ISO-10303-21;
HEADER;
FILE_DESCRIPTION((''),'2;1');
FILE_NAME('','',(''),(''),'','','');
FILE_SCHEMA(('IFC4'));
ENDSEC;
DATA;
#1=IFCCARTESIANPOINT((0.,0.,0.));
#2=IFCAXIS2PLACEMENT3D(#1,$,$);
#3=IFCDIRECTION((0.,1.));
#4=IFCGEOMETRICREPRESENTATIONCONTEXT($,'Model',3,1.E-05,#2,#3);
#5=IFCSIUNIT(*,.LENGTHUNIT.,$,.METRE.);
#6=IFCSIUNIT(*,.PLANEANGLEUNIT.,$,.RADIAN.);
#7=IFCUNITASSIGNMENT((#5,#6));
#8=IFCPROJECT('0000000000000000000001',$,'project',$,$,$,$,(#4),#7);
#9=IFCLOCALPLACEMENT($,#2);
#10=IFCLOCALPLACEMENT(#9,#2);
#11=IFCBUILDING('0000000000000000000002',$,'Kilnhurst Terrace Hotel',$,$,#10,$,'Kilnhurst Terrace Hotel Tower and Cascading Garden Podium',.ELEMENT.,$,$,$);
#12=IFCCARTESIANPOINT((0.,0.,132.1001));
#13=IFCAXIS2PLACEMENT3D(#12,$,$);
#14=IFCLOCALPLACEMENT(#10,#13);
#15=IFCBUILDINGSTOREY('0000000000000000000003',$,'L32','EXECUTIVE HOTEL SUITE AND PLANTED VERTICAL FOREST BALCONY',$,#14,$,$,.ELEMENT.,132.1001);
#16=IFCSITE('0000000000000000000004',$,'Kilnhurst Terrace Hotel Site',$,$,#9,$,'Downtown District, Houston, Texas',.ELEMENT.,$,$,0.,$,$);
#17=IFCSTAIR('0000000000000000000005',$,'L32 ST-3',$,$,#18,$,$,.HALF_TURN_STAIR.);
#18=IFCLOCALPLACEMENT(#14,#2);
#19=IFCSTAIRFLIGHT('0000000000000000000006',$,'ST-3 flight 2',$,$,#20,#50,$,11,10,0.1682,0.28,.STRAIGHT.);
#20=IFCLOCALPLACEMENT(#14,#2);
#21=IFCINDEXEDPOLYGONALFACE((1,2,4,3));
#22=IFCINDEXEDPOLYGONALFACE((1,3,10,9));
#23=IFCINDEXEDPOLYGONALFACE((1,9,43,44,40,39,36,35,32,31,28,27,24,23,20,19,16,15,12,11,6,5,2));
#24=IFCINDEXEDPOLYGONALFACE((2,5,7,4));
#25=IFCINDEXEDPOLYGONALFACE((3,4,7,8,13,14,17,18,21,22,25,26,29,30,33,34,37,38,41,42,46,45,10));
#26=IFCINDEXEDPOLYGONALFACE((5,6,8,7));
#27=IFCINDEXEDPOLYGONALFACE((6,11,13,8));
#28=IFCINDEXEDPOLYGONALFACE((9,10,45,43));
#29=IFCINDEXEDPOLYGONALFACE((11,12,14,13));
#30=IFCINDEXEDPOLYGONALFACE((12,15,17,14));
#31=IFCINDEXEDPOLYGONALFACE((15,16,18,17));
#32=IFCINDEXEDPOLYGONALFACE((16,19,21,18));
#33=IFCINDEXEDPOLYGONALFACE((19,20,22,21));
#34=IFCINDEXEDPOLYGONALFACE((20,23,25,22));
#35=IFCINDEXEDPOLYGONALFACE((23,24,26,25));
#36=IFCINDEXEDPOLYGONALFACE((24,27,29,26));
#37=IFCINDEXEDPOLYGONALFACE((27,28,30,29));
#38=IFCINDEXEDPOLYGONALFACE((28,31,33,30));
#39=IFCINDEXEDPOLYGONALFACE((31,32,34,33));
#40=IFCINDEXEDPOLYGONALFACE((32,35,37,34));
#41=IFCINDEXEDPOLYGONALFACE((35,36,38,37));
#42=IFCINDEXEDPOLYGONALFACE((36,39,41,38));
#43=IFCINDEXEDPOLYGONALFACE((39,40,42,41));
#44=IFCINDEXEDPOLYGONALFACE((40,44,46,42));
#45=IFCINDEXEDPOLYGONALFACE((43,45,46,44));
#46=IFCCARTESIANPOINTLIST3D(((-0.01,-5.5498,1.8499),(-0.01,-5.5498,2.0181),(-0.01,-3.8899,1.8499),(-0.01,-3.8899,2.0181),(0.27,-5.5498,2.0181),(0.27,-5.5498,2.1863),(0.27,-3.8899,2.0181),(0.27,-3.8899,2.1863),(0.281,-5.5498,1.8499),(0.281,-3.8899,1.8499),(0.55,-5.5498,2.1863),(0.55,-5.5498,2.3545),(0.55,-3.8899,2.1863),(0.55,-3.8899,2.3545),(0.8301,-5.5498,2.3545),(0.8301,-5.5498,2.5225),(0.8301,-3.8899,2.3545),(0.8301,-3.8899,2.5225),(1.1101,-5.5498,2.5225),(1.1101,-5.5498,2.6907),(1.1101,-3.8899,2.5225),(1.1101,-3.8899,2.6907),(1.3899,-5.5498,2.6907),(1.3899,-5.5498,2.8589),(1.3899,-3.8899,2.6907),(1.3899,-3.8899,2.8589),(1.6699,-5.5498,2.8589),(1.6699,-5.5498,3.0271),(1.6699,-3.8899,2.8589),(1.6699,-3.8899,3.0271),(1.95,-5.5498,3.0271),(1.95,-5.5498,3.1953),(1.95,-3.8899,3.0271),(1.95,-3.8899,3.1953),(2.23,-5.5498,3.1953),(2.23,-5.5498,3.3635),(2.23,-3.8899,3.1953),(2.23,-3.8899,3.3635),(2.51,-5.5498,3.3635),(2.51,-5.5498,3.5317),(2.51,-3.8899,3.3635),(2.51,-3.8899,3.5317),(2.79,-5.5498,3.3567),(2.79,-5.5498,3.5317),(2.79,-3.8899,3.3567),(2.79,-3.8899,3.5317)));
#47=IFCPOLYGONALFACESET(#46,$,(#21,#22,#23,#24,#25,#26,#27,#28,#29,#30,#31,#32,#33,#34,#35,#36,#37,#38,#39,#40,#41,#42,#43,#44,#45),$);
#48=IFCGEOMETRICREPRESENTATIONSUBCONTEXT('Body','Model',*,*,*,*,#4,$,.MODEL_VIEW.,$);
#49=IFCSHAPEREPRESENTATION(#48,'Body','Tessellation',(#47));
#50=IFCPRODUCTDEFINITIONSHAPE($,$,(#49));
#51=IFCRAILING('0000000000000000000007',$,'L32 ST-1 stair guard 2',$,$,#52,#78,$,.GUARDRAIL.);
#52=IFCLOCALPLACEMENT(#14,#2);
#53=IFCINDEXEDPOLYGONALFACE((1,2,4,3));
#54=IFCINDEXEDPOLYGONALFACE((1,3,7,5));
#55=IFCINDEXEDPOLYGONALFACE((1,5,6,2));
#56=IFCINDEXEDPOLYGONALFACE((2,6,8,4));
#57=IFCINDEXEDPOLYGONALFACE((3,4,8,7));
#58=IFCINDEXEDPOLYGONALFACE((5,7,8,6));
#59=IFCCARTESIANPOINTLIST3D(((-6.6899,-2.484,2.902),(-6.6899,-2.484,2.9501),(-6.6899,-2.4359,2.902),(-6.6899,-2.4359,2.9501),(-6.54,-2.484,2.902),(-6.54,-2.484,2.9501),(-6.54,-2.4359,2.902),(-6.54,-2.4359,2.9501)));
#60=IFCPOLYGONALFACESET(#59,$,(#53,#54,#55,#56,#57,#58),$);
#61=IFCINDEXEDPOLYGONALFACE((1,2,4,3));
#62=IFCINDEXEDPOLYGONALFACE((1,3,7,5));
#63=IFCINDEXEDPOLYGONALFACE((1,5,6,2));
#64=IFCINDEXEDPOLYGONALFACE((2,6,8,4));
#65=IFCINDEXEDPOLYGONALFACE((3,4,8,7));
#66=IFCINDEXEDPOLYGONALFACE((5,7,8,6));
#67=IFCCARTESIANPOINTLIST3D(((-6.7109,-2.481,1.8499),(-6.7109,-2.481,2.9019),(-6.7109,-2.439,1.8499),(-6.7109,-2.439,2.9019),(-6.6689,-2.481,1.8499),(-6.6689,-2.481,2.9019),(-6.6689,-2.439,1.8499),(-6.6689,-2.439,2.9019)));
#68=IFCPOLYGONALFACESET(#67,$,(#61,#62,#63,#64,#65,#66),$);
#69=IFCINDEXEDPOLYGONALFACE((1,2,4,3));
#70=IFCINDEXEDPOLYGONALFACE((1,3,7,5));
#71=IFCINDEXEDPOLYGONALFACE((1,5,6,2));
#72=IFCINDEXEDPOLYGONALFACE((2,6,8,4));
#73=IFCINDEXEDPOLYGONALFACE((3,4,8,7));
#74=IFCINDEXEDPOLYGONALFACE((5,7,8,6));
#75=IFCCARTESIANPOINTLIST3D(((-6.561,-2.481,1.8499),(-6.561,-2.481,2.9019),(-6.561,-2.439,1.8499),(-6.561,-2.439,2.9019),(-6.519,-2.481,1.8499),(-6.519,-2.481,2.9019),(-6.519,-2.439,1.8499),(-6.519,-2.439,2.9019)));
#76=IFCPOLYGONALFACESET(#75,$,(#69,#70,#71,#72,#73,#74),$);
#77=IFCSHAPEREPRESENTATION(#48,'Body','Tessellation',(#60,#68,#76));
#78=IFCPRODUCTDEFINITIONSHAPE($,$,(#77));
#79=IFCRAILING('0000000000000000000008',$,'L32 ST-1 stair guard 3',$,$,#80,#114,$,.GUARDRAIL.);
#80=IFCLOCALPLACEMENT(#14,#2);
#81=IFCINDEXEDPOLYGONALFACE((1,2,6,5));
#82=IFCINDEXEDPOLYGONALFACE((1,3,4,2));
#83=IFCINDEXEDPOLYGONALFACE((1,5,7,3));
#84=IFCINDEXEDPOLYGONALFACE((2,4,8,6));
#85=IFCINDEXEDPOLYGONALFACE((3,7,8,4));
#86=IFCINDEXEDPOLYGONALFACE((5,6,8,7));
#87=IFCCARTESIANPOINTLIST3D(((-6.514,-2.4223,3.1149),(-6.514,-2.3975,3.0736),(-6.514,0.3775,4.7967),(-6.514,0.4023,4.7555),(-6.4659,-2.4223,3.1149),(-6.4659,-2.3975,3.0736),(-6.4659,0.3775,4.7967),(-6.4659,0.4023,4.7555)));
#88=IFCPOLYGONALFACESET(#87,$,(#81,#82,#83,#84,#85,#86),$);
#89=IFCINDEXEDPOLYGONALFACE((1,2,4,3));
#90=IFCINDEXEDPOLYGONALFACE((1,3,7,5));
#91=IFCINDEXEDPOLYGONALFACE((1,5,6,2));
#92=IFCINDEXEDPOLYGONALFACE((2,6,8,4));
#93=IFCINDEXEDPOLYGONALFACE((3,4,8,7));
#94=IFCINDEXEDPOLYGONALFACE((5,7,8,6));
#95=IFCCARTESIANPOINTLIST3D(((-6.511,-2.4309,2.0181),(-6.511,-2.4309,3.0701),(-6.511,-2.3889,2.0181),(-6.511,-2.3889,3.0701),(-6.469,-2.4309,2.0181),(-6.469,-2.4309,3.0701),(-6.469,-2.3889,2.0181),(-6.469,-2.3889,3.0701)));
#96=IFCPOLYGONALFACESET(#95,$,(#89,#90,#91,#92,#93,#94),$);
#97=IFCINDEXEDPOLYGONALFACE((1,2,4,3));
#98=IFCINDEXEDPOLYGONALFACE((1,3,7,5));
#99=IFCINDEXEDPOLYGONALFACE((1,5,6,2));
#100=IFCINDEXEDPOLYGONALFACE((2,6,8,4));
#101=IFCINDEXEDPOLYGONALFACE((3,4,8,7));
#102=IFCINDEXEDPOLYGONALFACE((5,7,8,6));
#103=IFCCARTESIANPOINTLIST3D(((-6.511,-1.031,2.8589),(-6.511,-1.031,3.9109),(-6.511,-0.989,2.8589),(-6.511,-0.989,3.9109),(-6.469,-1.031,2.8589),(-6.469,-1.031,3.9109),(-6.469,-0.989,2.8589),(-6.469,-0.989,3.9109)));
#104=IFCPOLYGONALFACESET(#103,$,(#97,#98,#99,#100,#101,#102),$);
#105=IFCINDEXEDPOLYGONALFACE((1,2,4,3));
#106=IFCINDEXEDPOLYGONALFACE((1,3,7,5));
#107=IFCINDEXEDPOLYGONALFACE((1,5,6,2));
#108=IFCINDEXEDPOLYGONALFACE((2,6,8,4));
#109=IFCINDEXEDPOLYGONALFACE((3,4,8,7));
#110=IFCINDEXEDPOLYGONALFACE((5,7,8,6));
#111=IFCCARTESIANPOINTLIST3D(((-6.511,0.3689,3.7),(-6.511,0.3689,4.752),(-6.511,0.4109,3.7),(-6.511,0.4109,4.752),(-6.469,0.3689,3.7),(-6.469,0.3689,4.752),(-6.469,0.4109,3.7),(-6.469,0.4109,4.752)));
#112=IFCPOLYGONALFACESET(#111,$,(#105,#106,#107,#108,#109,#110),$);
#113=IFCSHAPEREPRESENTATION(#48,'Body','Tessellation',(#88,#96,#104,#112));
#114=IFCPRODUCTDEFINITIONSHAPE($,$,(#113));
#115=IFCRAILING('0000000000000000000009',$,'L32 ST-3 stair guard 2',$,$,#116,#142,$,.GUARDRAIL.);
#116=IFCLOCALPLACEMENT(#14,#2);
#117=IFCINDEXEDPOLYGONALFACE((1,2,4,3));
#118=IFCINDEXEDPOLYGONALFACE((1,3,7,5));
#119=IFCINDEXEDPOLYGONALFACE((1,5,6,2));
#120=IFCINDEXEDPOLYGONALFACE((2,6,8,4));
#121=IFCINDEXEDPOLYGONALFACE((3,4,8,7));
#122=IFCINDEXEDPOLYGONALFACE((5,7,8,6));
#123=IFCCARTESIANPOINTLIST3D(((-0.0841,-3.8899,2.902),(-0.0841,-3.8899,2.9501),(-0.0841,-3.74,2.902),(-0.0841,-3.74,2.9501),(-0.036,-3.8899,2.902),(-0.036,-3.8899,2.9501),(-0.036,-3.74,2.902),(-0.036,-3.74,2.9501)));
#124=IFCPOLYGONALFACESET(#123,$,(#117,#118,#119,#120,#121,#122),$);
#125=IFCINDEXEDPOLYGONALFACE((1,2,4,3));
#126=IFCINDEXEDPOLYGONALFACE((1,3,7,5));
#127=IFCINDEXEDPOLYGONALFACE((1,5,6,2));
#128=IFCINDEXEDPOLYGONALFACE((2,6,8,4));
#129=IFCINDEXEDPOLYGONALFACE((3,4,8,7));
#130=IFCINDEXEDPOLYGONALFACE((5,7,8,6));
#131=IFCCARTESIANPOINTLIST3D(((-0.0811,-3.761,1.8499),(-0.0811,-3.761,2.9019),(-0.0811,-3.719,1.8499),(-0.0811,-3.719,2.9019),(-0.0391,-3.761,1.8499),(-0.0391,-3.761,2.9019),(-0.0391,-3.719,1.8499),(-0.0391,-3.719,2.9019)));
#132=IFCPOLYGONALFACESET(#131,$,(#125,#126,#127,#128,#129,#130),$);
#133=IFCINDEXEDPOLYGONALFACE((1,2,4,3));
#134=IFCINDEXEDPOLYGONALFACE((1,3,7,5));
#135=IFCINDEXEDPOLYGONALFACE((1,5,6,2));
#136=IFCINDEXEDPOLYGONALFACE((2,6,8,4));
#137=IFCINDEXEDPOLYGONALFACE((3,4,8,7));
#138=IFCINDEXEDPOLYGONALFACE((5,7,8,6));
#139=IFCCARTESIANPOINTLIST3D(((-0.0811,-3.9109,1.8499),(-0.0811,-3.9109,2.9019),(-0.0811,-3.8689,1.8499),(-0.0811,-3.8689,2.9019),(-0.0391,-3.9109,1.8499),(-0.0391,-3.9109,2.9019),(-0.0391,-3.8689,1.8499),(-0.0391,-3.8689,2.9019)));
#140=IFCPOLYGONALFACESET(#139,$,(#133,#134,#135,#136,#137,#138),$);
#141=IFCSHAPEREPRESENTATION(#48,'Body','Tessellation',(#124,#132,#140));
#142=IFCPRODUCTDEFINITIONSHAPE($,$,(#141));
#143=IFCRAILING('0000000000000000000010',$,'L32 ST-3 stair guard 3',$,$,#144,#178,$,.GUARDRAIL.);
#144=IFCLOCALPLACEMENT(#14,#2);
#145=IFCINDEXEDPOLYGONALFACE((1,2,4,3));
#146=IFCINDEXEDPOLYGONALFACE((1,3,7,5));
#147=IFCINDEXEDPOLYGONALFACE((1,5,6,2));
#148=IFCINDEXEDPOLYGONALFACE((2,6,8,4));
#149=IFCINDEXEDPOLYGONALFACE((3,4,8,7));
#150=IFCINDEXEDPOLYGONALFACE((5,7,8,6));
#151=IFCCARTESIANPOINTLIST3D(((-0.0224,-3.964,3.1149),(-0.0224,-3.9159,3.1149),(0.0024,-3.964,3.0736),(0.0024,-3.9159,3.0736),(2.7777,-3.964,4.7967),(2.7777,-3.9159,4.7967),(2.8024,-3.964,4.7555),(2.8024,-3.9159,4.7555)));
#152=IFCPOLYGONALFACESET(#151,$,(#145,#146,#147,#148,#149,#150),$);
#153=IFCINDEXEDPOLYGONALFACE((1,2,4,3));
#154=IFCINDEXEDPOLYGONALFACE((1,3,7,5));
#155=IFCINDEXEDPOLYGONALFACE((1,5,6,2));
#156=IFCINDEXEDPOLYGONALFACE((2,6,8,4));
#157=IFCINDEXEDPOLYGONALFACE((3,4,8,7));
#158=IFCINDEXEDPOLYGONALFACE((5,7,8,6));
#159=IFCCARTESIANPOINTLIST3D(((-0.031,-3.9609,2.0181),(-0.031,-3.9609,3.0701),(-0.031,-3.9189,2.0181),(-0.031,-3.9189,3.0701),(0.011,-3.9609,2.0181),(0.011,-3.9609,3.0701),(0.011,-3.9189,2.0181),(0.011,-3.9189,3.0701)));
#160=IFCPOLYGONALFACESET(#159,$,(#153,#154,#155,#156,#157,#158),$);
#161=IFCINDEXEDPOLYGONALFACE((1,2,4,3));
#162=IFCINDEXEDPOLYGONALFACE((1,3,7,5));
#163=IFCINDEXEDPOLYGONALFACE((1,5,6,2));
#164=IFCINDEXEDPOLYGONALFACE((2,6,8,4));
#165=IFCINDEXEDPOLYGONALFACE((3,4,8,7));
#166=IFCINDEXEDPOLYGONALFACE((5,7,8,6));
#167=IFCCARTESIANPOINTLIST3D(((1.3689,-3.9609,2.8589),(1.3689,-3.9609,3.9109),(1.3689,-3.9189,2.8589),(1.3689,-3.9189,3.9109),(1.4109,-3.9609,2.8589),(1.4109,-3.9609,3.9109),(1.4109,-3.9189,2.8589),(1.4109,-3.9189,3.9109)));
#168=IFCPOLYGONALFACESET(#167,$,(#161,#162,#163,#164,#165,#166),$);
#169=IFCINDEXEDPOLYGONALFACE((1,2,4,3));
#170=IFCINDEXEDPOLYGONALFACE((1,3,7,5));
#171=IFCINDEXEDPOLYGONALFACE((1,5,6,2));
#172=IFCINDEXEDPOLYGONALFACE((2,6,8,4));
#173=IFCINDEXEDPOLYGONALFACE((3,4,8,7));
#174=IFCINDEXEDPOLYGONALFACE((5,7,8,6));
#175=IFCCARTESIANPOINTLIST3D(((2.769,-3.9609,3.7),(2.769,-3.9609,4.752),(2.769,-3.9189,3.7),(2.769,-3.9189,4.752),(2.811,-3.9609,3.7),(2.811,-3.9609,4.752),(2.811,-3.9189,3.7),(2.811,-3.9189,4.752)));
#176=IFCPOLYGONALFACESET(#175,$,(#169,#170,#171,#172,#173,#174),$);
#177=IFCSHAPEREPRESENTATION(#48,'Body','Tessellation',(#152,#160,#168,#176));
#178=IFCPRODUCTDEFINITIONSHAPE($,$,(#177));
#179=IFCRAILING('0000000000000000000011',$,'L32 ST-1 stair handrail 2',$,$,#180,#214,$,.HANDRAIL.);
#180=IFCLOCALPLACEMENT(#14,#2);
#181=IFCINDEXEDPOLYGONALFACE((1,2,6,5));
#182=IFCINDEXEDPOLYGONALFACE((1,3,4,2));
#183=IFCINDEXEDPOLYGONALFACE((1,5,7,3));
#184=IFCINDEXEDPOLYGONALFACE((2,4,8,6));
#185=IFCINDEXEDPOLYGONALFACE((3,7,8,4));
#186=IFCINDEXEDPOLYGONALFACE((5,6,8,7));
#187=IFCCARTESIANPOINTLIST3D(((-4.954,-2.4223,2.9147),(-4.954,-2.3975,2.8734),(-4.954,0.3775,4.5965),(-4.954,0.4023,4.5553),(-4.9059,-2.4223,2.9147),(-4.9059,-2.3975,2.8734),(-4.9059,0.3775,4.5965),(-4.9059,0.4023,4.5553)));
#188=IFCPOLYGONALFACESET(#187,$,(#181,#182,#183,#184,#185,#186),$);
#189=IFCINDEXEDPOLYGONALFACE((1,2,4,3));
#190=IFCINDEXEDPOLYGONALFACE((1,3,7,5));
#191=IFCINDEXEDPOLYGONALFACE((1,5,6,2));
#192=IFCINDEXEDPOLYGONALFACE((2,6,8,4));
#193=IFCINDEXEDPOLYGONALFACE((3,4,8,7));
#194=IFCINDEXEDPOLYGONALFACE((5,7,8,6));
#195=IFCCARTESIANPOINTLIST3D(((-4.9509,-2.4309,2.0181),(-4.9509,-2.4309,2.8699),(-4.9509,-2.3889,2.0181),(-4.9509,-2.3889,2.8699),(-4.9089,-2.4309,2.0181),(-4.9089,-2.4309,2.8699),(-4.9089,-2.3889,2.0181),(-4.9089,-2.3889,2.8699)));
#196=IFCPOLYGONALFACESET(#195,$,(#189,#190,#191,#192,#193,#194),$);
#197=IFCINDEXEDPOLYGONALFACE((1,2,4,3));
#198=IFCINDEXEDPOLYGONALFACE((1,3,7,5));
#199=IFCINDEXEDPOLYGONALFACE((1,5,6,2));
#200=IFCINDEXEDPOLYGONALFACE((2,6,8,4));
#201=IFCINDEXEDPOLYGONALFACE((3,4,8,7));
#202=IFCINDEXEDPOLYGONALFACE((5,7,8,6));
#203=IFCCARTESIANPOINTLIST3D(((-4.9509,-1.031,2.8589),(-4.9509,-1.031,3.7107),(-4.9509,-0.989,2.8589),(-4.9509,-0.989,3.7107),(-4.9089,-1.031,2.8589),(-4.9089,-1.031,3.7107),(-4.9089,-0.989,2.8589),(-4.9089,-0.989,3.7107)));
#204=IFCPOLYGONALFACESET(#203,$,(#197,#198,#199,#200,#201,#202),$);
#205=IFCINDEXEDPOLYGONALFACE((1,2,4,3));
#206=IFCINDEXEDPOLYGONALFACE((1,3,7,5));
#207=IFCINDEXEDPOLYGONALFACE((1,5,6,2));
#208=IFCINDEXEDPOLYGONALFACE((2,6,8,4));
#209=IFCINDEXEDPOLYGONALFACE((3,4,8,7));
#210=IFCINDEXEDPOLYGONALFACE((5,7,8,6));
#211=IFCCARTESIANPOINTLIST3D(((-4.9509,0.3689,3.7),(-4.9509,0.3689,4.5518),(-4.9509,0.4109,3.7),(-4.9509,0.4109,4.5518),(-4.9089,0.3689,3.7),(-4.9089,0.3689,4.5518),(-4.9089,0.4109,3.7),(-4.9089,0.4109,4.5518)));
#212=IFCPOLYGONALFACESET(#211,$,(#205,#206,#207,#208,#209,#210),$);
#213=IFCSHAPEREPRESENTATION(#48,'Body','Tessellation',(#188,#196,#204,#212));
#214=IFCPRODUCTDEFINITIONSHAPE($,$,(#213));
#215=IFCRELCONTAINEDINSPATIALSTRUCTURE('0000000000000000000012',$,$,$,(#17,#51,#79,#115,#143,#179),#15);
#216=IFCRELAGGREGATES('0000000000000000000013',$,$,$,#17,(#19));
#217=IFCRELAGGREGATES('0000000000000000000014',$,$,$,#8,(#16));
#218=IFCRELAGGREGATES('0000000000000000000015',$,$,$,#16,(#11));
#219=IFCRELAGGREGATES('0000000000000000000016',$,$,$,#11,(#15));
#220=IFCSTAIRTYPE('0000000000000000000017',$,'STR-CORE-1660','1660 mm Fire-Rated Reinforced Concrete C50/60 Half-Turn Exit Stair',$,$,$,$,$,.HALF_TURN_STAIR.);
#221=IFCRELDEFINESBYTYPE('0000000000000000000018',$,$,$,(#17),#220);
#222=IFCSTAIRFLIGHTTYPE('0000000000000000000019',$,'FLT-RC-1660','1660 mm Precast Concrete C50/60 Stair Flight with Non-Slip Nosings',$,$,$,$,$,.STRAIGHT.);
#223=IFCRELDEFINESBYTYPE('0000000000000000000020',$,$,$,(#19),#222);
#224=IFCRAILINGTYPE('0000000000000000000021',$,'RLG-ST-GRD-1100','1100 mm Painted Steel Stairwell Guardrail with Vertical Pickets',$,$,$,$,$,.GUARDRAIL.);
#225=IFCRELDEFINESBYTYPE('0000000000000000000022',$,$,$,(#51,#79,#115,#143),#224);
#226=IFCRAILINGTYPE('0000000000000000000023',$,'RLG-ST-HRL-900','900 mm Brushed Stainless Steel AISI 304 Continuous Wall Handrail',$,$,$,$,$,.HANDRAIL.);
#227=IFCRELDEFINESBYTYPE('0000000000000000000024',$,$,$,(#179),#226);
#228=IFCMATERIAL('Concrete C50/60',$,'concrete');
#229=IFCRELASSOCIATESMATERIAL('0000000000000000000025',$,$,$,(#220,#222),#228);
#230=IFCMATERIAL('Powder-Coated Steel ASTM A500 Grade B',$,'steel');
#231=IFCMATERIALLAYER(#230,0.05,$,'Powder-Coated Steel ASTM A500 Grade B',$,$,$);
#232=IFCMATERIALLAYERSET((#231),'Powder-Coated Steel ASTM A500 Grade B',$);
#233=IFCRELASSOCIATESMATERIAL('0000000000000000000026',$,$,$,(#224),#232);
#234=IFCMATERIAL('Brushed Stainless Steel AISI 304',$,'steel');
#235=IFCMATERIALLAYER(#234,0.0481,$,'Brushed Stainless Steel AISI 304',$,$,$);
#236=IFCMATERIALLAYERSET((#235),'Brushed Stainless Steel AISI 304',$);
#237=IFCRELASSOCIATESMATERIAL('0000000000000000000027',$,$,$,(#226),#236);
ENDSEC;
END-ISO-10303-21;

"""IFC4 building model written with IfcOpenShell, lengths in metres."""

from ifc_helpers import new_model, si_unit, direction, frame, origin, origin_2d, place, context, subcontext, project, spatial, polyline, rectangle, outline, extrude, material, layer, layer_set, type_object, element, aggregate, save


model = new_model("IFC4")

# Units and contexts
model_context = context("Model", 3, precision=1e-05, world=origin(), true_north=direction((0.0, 1.0)))
body_context = subcontext(model_context, "Body", "Model", "MODEL_VIEW")
ifc_project = project(units=[si_unit("LENGTHUNIT", "METRE"), si_unit("PLANEANGLEUNIT", "RADIAN")], contexts=[model_context])

# Site, building, storey
site_placement = place(None, origin())
site = spatial("IfcSite", under=ifc_project, at=site_placement, Name="Kilnhurst Terrace Hotel Site", LongName="Downtown District, Houston, Texas", CompositionType="ELEMENT", RefElevation=0.0)
building_placement = place(site_placement, origin())
building = spatial("IfcBuilding", under=site, at=building_placement, Name="Kilnhurst Terrace Hotel", LongName="Kilnhurst Terrace Hotel Tower and Cascading Garden Podium", CompositionType="ELEMENT")
storey_placement = place(building_placement, frame((0.0, 0.0, 132.1001)))
storey = spatial("IfcBuildingStorey", under=building, at=storey_placement, Name="L32", Description="EXECUTIVE HOTEL SUITE AND PLANTED VERTICAL FOREST BALCONY", CompositionType="ELEMENT", Elevation=132.1001)

# Shared definitions
ifc_material_1 = material(Name="Concrete C50/60", Category="concrete")

# Stair, stair flight
stair_type = type_object("IfcStairType", Name="STR-CORE-1660", Description="1660 mm Fire-Rated Reinforced Concrete C50/60 Half-Turn Exit Stair", PredefinedType="HALF_TURN_STAIR", material=ifc_material_1)
stair_flight_type = type_object("IfcStairFlightType", Name="FLT-RC-1660", Description="1660 mm Precast Concrete C50/60 Stair Flight with Non-Slip Nosings", PredefinedType="STRAIGHT", material=ifc_material_1)
stair_1_placement = place(storey_placement, origin())
stair_1 = element("IfcStair", 1, at=stair_1_placement, inside=storey, type_object=stair_type, Name="L32 ST-3", PredefinedType="HALF_TURN_STAIR")
stair_flight_1_placement = place(storey_placement, frame((-0.01, -4.72, 1.8499), z_axis=(0.0, 0.0, 1.0), x_axis=(1.0, 0.0, 0.0)))
stair_flight_1 = element("IfcStairFlight", 2, at=stair_flight_1_placement, type_object=stair_flight_type, Name="ST-3 flight 2", NumberOfRisers=11, NumberOfTreads=10, PredefinedType="STRAIGHT", RiserHeight=0.1682, TreadLength=0.28, context=body_context, shape_type="SweptSolid", body=[
    extrude(outline(polyline([(0.0, 0.0), (0.0, 0.1682), (0.28, 0.1682), (0.28, 0.3364), (0.5601, 0.3364), (0.5601, 0.5046), (0.8401, 0.5046), (0.8401, 0.6726), (1.1201, 0.6726), (1.1201, 0.8408), (1.3999, 0.8408), (1.3999, 1.009), (1.6799, 1.009), (1.6799, 1.1772), (1.96, 1.1772), (1.96, 1.3455), (2.24, 1.3455), (2.24, 1.5137), (2.52, 1.5137), (2.52, 1.6819), (2.8, 1.6819), (2.8, 1.8501), (2.8, 1.5068), (0.291, 0.0), (0.0, 0.0)])), frame((0.0, 0.8301, 0.0), z_axis=(0.0, -1.0, 0.0), x_axis=(1.0, 0.0, 0.0)), (0.0, 0.0, 1.0), 1.6599),
])
aggregate(stair_1, [stair_flight_1])

# Railings
ifc_material_2 = material(Name="Powder-Coated Steel ASTM A500 Grade B", Category="steel")
ifc_layer_1 = layer(ifc_material_2, 0.05, Name="Powder-Coated Steel ASTM A500 Grade B")
ifc_layer_set_1 = layer_set([ifc_layer_1], Name="Powder-Coated Steel ASTM A500 Grade B")
railing_type_1 = type_object("IfcRailingType", Name="RLG-ST-GRD-1100", Description="1100 mm Painted Steel Stairwell Guardrail with Vertical Pickets", PredefinedType="GUARDRAIL", material=ifc_layer_set_1)
railing_1_placement = place(storey_placement, frame((-6.6899, -2.46, 1.8499)))
element("IfcRailing", 3, at=railing_1_placement, inside=storey, type_object=railing_type_1, Name="L32 ST-1 stair guard 2", PredefinedType="GUARDRAIL", context=body_context, shape_type="SweptSolid", body=[
    extrude(rectangle(XDim=0.0481, YDim=0.0481, at=origin_2d()), frame((0.0, 0.0, 1.0762), z_axis=(1.0, 0.0, 0.0), x_axis=(0.0, 1.0, 0.0)), (0.0, 0.0, 1.0), 0.1499),
    extrude(rectangle(XDim=0.042, YDim=0.042, at=origin_2d()), origin(), (0.0, 0.0, 1.0), 1.052),
    extrude(rectangle(XDim=0.042, YDim=0.042, at=origin_2d()), frame((0.1499, 0.0, 0.0)), (0.0, 0.0, 1.0), 1.052),
])
railing_2_placement = place(storey_placement, frame((-6.49, -2.4099, 2.0181)))
element("IfcRailing", 4, at=railing_2_placement, inside=storey, type_object=railing_type_1, Name="L32 ST-1 stair guard 3", PredefinedType="GUARDRAIL", context=body_context, shape_type="SweptSolid", body=[
    extrude(rectangle(XDim=0.0481, YDim=0.0481, at=origin_2d()), frame((0.0, 0.0, 1.0762), z_axis=(0.0, 0.857222, 0.514946), x_axis=(-1.0, 0.0, 0.0)), (0.0, 0.0, 1.0), 3.2661),
    extrude(rectangle(XDim=0.042, YDim=0.042, at=origin_2d()), origin(), (0.0, 0.0, 1.0), 1.052),
    extrude(rectangle(XDim=0.042, YDim=0.042, at=origin_2d()), frame((0.0, 1.3999, 0.8408)), (0.0, 0.0, 1.0), 1.052),
    extrude(rectangle(XDim=0.042, YDim=0.042, at=origin_2d()), frame((0.0, 2.7998, 1.6819)), (0.0, 0.0, 1.0), 1.052),
])
railing_3_placement = place(storey_placement, frame((-0.0601, -3.74, 1.8499)))
element("IfcRailing", 5, at=railing_3_placement, inside=storey, type_object=railing_type_1, Name="L32 ST-3 stair guard 2", PredefinedType="GUARDRAIL", context=body_context, shape_type="SweptSolid", body=[
    extrude(rectangle(XDim=0.0481, YDim=0.0481, at=origin_2d()), frame((0.0, 0.0, 1.0762), z_axis=(0.0, -1.0, 0.0), x_axis=(1.0, 0.0, 0.0)), (0.0, 0.0, 1.0), 0.1499),
    extrude(rectangle(XDim=0.042, YDim=0.042, at=origin_2d()), origin(), (0.0, 0.0, 1.0), 1.052),
    extrude(rectangle(XDim=0.042, YDim=0.042, at=origin_2d()), frame((0.0, -0.1499, 0.0)), (0.0, 0.0, 1.0), 1.052),
])
railing_4_placement = place(storey_placement, frame((-0.01, -3.9399, 2.0181)))
element("IfcRailing", 6, at=railing_4_placement, inside=storey, type_object=railing_type_1, Name="L32 ST-3 stair guard 3", PredefinedType="GUARDRAIL", context=body_context, shape_type="SweptSolid", body=[
    extrude(rectangle(XDim=0.0481, YDim=0.0481, at=origin_2d()), frame((0.0, 0.0, 1.0762), z_axis=(0.857242, 0.0, 0.514913), x_axis=(0.0, 1.0, 0.0)), (0.0, 0.0, 1.0), 3.2664),
    extrude(rectangle(XDim=0.042, YDim=0.042, at=origin_2d()), origin(), (0.0, 0.0, 1.0), 1.052),
    extrude(rectangle(XDim=0.042, YDim=0.042, at=origin_2d()), frame((1.3999, 0.0, 0.8408)), (0.0, 0.0, 1.0), 1.052),
    extrude(rectangle(XDim=0.042, YDim=0.042, at=origin_2d()), frame((2.8, 0.0, 1.6819)), (0.0, 0.0, 1.0), 1.052),
])
ifc_material_3 = material(Name="Brushed Stainless Steel AISI 304", Category="steel")
ifc_layer_2 = layer(ifc_material_3, 0.0481, Name="Brushed Stainless Steel AISI 304")
ifc_layer_set_2 = layer_set([ifc_layer_2], Name="Brushed Stainless Steel AISI 304")
railing_type_2 = type_object("IfcRailingType", Name="RLG-ST-HRL-900", Description="900 mm Brushed Stainless Steel AISI 304 Continuous Wall Handrail", PredefinedType="HANDRAIL", material=ifc_layer_set_2)
railing_5_placement = place(storey_placement, frame((-4.9299, -2.4099, 2.0181)))
element("IfcRailing", 7, at=railing_5_placement, inside=storey, type_object=railing_type_2, Name="L32 ST-1 stair handrail 2", PredefinedType="HANDRAIL", context=body_context, shape_type="SweptSolid", body=[
    extrude(rectangle(XDim=0.0481, YDim=0.0481, at=origin_2d()), frame((0.0, 0.0, 0.876), z_axis=(0.0, 0.857222, 0.514946), x_axis=(-1.0, 0.0, 0.0)), (0.0, 0.0, 1.0), 3.2661),
    extrude(rectangle(XDim=0.042, YDim=0.042, at=origin_2d()), origin(), (0.0, 0.0, 1.0), 0.8518),
    extrude(rectangle(XDim=0.042, YDim=0.042, at=origin_2d()), frame((0.0, 1.3999, 0.8408)), (0.0, 0.0, 1.0), 0.8518),
    extrude(rectangle(XDim=0.042, YDim=0.042, at=origin_2d()), frame((0.0, 2.7998, 1.6819)), (0.0, 0.0, 1.0), 0.8518),
])

save(model, "model.ifc")
